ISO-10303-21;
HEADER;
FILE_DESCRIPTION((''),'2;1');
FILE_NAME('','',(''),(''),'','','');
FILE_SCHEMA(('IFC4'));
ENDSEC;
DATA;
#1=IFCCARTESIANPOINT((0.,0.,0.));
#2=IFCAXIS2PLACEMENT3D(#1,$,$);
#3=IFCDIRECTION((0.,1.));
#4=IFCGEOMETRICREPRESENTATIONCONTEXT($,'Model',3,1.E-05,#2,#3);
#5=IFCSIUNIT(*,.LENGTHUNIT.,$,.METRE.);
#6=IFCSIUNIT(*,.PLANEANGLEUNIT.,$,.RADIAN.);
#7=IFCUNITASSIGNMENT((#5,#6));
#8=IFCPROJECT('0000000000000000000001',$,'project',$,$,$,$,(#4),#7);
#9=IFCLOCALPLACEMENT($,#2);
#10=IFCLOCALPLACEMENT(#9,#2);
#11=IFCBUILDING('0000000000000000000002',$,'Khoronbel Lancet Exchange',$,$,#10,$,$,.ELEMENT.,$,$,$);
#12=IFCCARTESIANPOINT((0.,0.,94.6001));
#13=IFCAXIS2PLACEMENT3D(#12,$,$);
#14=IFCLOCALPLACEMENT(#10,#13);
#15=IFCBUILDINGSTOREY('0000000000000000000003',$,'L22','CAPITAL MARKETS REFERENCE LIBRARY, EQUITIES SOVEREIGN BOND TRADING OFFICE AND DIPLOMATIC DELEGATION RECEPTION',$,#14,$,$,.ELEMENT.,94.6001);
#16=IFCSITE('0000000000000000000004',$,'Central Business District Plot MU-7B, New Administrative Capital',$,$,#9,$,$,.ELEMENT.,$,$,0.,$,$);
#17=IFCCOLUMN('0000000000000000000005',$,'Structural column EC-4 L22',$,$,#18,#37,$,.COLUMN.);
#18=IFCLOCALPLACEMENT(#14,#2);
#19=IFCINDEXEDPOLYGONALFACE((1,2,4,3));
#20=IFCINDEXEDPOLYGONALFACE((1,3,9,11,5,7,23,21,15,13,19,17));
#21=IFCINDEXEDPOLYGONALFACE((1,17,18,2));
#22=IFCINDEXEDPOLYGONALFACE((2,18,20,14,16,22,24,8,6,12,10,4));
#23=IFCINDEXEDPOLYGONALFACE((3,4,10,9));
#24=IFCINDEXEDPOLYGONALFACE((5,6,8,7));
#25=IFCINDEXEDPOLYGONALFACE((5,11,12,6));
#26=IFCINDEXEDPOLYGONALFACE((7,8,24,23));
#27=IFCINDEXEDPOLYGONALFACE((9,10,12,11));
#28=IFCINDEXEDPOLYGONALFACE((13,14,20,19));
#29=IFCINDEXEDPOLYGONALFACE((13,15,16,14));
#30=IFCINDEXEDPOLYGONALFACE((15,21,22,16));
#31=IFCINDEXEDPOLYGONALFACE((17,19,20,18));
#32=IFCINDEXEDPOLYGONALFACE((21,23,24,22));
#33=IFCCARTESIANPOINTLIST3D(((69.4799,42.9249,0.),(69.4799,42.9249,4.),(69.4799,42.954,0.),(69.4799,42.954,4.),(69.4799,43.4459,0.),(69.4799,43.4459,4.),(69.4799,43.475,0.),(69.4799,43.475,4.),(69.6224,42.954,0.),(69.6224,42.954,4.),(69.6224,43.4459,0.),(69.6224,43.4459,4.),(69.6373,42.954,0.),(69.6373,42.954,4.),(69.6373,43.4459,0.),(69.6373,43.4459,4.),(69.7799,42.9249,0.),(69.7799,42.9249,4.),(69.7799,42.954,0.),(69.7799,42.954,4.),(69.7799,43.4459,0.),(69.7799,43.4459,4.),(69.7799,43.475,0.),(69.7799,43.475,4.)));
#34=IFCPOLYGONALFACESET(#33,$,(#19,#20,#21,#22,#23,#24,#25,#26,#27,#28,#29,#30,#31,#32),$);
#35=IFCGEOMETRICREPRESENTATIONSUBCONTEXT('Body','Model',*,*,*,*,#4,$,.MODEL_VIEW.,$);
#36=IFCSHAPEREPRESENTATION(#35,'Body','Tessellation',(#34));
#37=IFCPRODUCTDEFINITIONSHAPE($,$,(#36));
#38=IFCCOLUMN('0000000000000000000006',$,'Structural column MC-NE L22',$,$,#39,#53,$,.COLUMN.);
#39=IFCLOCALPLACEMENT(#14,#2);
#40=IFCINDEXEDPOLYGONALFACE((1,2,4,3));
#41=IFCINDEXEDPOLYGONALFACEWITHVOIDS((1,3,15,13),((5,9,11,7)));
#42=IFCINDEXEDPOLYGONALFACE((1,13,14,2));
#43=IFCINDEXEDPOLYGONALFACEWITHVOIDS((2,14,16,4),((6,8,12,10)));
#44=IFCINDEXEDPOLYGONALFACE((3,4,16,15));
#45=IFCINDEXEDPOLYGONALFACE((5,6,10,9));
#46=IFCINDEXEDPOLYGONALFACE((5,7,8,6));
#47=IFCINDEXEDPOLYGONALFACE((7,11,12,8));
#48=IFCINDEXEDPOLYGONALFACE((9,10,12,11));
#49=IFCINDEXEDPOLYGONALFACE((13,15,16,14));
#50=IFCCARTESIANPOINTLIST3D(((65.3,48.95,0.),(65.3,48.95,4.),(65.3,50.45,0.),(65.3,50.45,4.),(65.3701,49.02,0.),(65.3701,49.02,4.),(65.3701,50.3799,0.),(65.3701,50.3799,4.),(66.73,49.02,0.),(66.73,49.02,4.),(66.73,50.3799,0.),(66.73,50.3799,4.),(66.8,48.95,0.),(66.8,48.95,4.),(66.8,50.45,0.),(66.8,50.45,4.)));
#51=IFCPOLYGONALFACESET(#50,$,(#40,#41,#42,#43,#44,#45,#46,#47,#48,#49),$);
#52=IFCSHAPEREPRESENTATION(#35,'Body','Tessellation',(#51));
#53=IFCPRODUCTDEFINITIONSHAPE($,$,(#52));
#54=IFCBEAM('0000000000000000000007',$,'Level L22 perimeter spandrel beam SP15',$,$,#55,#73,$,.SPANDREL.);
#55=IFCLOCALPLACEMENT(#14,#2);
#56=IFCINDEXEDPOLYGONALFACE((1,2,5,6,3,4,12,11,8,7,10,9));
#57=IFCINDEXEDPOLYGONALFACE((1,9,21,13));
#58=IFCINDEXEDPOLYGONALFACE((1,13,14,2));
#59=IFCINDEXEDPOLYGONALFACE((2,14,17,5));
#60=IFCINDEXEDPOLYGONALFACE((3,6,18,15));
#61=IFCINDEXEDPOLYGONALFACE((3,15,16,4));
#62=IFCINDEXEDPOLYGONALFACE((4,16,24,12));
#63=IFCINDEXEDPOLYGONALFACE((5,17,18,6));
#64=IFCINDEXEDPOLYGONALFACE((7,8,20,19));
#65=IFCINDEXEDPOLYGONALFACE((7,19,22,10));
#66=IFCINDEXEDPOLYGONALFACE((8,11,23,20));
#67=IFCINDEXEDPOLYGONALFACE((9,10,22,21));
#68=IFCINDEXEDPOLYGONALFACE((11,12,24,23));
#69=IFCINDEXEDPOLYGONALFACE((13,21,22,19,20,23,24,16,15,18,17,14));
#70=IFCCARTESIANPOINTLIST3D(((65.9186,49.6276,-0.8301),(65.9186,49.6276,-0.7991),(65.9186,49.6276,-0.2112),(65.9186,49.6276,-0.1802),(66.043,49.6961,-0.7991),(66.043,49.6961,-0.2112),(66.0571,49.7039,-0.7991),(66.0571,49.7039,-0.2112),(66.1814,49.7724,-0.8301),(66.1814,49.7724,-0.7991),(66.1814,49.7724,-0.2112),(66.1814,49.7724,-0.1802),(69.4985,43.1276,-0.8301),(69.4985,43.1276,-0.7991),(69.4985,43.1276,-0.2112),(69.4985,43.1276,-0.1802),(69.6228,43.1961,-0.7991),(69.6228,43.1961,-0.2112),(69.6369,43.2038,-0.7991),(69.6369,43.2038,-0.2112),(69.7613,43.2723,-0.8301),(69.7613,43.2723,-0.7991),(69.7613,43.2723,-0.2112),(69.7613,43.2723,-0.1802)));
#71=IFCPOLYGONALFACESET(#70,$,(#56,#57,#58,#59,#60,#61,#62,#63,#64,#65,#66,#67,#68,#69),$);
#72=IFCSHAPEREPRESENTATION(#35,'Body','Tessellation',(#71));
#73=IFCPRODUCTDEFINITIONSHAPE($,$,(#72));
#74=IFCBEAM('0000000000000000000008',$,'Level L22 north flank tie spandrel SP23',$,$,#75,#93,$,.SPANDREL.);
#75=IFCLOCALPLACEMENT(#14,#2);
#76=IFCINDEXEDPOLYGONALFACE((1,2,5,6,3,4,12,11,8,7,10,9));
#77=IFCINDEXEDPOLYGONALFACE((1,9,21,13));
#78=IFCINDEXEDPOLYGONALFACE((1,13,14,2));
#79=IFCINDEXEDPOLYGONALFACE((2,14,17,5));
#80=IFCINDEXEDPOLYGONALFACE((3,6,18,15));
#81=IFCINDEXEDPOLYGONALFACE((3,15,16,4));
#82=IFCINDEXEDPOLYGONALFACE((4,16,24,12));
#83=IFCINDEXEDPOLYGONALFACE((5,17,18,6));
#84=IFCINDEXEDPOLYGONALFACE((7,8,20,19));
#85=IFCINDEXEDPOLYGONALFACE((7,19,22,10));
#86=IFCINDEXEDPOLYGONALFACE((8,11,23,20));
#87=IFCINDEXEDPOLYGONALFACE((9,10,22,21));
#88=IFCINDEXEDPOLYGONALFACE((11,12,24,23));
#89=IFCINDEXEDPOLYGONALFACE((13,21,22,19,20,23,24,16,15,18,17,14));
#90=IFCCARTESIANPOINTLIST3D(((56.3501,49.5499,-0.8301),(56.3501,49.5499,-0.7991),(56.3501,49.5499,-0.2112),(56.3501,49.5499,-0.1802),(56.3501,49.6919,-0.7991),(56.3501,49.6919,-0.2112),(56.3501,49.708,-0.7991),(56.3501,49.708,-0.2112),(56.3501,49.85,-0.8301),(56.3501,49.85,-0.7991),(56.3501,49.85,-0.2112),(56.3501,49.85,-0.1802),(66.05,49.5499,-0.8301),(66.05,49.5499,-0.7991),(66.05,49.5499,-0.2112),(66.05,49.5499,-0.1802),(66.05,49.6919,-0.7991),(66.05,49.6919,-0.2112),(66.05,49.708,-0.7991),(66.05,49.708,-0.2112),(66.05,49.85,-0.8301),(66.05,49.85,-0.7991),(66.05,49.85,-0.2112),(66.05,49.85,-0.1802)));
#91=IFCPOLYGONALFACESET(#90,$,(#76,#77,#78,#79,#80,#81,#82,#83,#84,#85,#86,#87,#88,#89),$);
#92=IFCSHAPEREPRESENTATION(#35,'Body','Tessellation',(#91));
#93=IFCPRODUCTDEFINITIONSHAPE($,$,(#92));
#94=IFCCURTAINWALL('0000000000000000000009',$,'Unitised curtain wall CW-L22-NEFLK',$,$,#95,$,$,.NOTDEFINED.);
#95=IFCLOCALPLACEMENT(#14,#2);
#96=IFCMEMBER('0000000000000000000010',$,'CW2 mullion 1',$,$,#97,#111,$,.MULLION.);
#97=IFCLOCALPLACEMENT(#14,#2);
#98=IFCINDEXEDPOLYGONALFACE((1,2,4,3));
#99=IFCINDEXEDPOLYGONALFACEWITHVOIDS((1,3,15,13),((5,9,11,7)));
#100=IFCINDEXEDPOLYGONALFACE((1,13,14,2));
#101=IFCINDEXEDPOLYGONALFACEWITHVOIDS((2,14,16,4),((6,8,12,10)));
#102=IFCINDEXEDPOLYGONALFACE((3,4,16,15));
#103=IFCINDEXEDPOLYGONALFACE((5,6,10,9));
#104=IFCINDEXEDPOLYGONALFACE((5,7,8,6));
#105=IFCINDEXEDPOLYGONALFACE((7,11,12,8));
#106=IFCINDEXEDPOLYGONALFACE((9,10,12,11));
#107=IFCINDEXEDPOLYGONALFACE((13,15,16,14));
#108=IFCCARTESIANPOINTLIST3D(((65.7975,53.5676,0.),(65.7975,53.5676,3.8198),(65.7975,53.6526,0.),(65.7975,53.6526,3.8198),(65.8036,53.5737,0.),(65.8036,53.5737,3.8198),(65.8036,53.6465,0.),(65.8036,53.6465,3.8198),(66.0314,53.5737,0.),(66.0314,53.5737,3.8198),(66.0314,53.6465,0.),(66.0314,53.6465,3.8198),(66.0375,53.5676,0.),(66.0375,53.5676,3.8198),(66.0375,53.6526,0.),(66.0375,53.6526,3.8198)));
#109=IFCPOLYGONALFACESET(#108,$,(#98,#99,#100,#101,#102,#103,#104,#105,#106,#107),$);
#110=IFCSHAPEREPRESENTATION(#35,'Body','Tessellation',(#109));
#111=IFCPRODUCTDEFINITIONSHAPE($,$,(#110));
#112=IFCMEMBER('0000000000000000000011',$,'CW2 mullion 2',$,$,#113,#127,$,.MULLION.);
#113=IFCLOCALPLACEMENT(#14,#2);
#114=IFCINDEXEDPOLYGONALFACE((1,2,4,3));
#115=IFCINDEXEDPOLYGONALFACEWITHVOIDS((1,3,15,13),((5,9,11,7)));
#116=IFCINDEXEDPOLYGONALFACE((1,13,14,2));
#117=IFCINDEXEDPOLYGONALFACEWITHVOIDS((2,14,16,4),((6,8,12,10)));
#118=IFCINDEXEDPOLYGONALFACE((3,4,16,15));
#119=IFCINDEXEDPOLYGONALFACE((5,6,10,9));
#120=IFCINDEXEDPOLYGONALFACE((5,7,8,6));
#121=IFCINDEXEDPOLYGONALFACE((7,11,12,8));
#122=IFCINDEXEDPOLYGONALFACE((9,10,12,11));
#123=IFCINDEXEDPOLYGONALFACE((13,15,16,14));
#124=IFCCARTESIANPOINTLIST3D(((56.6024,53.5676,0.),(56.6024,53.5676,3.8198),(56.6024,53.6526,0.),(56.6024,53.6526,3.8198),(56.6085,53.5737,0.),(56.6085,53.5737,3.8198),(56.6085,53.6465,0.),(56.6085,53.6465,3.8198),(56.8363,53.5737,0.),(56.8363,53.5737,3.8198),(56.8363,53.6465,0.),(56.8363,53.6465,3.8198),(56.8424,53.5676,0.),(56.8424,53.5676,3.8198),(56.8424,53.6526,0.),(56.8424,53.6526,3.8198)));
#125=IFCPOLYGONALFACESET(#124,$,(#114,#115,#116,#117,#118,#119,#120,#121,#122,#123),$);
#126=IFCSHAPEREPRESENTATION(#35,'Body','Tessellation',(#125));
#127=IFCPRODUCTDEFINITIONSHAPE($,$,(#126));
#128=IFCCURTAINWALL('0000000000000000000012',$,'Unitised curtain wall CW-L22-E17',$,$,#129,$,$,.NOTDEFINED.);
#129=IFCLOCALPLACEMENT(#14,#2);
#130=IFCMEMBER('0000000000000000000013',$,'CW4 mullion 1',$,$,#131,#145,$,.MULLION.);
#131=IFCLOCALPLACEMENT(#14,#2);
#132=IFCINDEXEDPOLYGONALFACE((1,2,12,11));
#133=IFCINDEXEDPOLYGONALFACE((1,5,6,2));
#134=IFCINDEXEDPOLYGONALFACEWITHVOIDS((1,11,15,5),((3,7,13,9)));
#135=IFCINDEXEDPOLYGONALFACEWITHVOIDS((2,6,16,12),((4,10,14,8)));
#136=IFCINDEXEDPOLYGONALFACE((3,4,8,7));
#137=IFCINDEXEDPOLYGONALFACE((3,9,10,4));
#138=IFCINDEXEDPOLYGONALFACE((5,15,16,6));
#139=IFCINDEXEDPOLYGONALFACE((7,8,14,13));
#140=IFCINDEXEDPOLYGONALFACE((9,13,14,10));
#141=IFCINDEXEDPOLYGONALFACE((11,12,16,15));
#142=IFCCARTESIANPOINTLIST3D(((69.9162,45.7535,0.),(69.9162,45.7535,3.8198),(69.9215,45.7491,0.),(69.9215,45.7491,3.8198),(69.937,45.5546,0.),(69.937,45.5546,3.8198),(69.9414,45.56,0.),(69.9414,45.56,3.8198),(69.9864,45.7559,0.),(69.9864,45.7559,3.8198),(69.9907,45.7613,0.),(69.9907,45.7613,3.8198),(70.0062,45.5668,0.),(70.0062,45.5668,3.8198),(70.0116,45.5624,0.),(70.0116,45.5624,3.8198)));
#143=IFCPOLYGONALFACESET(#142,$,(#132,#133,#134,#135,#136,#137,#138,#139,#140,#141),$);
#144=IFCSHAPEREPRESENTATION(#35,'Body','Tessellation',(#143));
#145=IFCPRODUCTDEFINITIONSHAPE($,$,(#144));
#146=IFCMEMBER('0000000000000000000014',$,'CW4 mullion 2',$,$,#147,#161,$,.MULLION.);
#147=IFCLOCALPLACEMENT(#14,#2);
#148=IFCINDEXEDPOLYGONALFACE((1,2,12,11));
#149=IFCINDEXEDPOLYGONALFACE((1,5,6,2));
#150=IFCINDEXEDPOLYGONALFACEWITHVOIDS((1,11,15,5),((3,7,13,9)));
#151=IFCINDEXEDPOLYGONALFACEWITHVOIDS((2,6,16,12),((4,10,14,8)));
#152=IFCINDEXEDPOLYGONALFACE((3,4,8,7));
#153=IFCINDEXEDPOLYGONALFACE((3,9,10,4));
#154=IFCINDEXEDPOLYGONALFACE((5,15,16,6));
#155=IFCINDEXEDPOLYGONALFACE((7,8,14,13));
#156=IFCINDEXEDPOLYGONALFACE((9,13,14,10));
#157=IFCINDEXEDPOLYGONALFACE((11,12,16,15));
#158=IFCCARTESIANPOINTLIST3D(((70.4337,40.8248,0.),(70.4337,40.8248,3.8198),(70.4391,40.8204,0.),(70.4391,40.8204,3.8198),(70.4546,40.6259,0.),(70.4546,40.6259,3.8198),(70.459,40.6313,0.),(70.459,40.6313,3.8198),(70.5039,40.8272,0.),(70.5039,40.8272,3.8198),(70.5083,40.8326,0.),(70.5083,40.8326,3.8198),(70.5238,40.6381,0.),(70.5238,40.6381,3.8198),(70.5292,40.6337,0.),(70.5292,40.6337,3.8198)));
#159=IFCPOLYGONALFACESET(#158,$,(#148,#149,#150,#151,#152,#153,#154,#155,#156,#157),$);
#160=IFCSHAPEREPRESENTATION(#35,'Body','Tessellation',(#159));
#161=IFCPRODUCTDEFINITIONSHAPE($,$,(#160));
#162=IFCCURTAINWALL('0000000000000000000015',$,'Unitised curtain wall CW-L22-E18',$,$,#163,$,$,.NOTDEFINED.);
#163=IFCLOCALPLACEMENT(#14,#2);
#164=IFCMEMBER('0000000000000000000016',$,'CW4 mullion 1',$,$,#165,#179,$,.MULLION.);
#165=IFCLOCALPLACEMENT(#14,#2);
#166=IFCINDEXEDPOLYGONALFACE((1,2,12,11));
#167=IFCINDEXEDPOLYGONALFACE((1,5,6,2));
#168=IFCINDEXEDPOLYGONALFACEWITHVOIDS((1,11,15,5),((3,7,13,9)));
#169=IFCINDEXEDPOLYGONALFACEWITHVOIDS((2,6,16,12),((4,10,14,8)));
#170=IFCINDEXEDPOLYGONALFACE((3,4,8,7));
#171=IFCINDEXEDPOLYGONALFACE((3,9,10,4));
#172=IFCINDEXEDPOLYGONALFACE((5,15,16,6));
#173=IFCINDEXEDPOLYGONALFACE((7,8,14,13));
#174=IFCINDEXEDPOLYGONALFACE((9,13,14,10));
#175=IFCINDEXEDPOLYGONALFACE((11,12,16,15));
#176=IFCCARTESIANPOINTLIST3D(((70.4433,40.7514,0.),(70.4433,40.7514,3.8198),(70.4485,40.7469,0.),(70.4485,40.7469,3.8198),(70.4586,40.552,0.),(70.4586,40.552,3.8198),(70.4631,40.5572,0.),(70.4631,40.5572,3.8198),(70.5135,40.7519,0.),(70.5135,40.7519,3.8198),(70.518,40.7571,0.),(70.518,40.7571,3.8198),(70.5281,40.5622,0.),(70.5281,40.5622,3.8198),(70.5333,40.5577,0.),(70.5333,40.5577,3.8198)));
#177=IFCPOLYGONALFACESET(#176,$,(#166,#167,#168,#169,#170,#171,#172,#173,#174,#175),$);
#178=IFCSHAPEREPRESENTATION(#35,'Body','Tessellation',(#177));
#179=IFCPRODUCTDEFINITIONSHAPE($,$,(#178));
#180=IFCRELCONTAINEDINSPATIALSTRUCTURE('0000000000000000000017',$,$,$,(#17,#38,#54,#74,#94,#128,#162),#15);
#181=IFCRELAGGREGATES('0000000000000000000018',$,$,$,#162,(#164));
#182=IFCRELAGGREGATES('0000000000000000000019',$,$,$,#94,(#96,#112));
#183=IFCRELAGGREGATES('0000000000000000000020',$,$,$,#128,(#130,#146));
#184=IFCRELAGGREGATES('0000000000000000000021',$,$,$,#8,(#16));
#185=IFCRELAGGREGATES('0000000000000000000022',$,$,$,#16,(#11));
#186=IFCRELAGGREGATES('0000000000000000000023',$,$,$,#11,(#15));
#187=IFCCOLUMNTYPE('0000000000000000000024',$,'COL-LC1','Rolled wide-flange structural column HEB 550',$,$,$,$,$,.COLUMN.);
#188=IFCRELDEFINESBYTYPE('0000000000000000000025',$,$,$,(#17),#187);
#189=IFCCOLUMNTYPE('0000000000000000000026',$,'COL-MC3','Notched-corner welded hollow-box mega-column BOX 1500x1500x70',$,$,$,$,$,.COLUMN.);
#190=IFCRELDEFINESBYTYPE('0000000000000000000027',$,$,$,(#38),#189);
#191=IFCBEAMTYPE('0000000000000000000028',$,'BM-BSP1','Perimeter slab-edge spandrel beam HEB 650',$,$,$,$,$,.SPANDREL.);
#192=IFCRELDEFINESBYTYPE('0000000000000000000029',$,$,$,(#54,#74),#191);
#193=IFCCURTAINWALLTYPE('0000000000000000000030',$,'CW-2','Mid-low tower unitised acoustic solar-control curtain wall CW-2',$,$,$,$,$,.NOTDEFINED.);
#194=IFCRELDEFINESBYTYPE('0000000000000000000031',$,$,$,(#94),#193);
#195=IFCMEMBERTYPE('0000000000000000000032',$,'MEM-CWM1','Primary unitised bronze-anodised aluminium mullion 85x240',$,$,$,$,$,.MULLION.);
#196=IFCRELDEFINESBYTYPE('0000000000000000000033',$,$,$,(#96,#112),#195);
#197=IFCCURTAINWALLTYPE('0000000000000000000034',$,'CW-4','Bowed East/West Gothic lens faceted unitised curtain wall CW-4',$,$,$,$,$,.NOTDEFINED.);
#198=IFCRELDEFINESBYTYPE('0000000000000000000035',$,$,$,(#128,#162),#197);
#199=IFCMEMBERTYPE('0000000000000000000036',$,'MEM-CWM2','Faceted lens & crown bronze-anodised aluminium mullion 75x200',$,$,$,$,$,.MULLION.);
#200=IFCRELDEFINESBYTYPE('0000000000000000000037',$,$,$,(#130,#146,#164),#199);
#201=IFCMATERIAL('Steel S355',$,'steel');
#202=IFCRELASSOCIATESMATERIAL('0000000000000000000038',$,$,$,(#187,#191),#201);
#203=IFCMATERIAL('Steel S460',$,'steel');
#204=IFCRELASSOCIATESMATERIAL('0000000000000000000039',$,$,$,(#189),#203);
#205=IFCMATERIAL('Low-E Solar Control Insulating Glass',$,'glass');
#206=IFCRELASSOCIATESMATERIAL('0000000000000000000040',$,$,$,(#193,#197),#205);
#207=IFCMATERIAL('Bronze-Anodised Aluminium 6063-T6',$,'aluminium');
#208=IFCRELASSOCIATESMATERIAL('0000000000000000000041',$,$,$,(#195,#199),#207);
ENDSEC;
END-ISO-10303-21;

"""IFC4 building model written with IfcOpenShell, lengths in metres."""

from ifc_helpers import new_model, si_unit, direction, frame, origin, origin_2d, place, context, subcontext, project, spatial, hollow_rectangle, i_section, extrude, material, material_profile, profile_set, type_object, element, aggregate, save


model = new_model("IFC4")

# Units and contexts
model_context = context("Model", 3, precision=1e-05, world=origin(), true_north=direction((0.0, 1.0)))
body_context = subcontext(model_context, "Body", "Model", "MODEL_VIEW")
ifc_project = project(units=[si_unit("LENGTHUNIT", "METRE"), si_unit("PLANEANGLEUNIT", "RADIAN")], contexts=[model_context])

# Site, building, storey
site_placement = place(None, origin())
site = spatial("IfcSite", under=ifc_project, at=site_placement, Name="Central Business District Plot MU-7B, New Administrative Capital", CompositionType="ELEMENT", RefElevation=0.0)
building_placement = place(site_placement, origin())
building = spatial("IfcBuilding", under=site, at=building_placement, Name="Khoronbel Lancet Exchange", CompositionType="ELEMENT")
storey_placement = place(building_placement, frame((0.0, 0.0, 94.6001)))
storey = spatial("IfcBuildingStorey", under=building, at=storey_placement, Name="L22", Description="CAPITAL MARKETS REFERENCE LIBRARY, EQUITIES SOVEREIGN BOND TRADING OFFICE AND DIPLOMATIC DELEGATION RECEPTION", CompositionType="ELEMENT", Elevation=94.6001)

# Columns
ifc_material_1 = material(Name="Steel S355", Category="steel")
ifc_material_profile_1 = material_profile(ifc_material_1, i_section(OverallWidth=0.3, OverallDepth=0.55, WebThickness=0.0149, FlangeThickness=0.0291, at=origin_2d()), Name="HEB 550")
ifc_profile_set_1 = profile_set([ifc_material_profile_1], Name="Steel S355")
column_type_1 = type_object("IfcColumnType", Name="COL-LC1", Description="Rolled wide-flange structural column HEB 550", PredefinedType="COLUMN", material=ifc_profile_set_1)
column_1_placement = place(storey_placement, frame((69.6299, 43.2, 0.0), z_axis=(0.0, 0.0, 1.0), x_axis=(1.0, 0.0, 0.0)))
element("IfcColumn", 1, at=column_1_placement, inside=storey, type_object=column_type_1, Name="Structural column EC-4 L22", PredefinedType="COLUMN", context=body_context, shape_type="SweptSolid", body=[
    extrude(i_section(OverallWidth=0.3, OverallDepth=0.55, WebThickness=0.0149, FlangeThickness=0.0291, at=origin_2d()), origin(), (0.0, 0.0, 1.0), 4.0),
])
ifc_material_2 = material(Name="Steel S460", Category="steel")
ifc_material_profile_2 = material_profile(ifc_material_2, hollow_rectangle(XDim=1.5, YDim=1.5, WallThickness=0.0701, at=origin_2d()), Name="BOX 1500x1500x70")
ifc_profile_set_2 = profile_set([ifc_material_profile_2], Name="Steel S460")
column_type_2 = type_object("IfcColumnType", Name="COL-MC3", Description="Notched-corner welded hollow-box mega-column BOX 1500x1500x70", PredefinedType="COLUMN", material=ifc_profile_set_2)
column_2_placement = place(storey_placement, frame((66.05, 49.7, 0.0), z_axis=(0.0, 0.0, 1.0), x_axis=(1.0, 0.0, 0.0)))
element("IfcColumn", 2, at=column_2_placement, inside=storey, type_object=column_type_2, Name="Structural column MC-NE L22", PredefinedType="COLUMN", context=body_context, shape_type="SweptSolid", body=[
    extrude(hollow_rectangle(XDim=1.5, YDim=1.5, WallThickness=0.0701, at=origin_2d()), origin(), (0.0, 0.0, 1.0), 4.0),
])

# Beams
ifc_material_profile_3 = material_profile(ifc_material_1, i_section(OverallWidth=0.3, OverallDepth=0.6499, WebThickness=0.0161, FlangeThickness=0.031, at=origin_2d()), Name="HEB 650")
ifc_profile_set_3 = profile_set([ifc_material_profile_3], Name="Steel S355")
beam_type = type_object("IfcBeamType", Name="BM-BSP1", Description="Perimeter slab-edge spandrel beam HEB 650", PredefinedType="SPANDREL", material=ifc_profile_set_3)
beam_1_placement = place(storey_placement, frame((69.6299, 43.2, -0.5051), z_axis=(-0.482419, 0.875941, 0.0), x_axis=(-0.875941, -0.482419, 0.0)))
element("IfcBeam", 3, at=beam_1_placement, inside=storey, type_object=beam_type, Name="Level L22 perimeter spandrel beam SP15", PredefinedType="SPANDREL", context=body_context, shape_type="SweptSolid", body=[
    extrude(i_section(OverallWidth=0.3, OverallDepth=0.6499, WebThickness=0.0161, FlangeThickness=0.031, at=origin_2d()), origin(), (0.0, 0.0, 1.0), 7.4207),
])
beam_2_placement = place(storey_placement, frame((66.05, 49.7, -0.5051), z_axis=(-1.0, 0.0, 0.0), x_axis=(0.0, -1.0, 0.0)))
element("IfcBeam", 4, at=beam_2_placement, inside=storey, type_object=beam_type, Name="Level L22 north flank tie spandrel SP23", PredefinedType="SPANDREL", context=body_context, shape_type="SweptSolid", body=[
    extrude(i_section(OverallWidth=0.3, OverallDepth=0.6499, WebThickness=0.0161, FlangeThickness=0.031, at=origin_2d()), origin(), (0.0, 0.0, 1.0), 9.7),
])

# Curtain walls, members
ifc_material_3 = material(Name="Low-E Solar Control Insulating Glass", Category="glass")
curtain_wall_type_1 = type_object("IfcCurtainWallType", Name="CW-2", Description="Mid-low tower unitised acoustic solar-control curtain wall CW-2", PredefinedType="NOTDEFINED", material=ifc_material_3)
curtain_wall_1_placement = place(storey_placement, origin())
curtain_wall_1 = element("IfcCurtainWall", 5, at=curtain_wall_1_placement, inside=storey, type_object=curtain_wall_type_1, Name="Unitised curtain wall CW-L22-NEFLK", PredefinedType="NOTDEFINED")
ifc_material_4 = material(Name="Bronze-Anodised Aluminium 6063-T6", Category="aluminium")
ifc_material_profile_4 = material_profile(ifc_material_4, hollow_rectangle(XDim=0.085, YDim=0.24, WallThickness=0.0061, at=origin_2d()), Name="ALU MULLION 85x240")
ifc_profile_set_4 = profile_set([ifc_material_profile_4], Name="Bronze-Anodised Aluminium 6063-T6")
member_type_1 = type_object("IfcMemberType", Name="MEM-CWM1", Description="Primary unitised bronze-anodised aluminium mullion 85x240", PredefinedType="MULLION", material=ifc_profile_set_4)
member_1_placement = place(storey_placement, frame((65.9175, 53.6101, 0.0), z_axis=(0.0, 0.0, 1.0), x_axis=(0.0, -1.0, 0.0)))
member_1 = element("IfcMember", 6, at=member_1_placement, type_object=member_type_1, Name="CW2 mullion 1", PredefinedType="MULLION", context=body_context, shape_type="SweptSolid", body=[
    extrude(hollow_rectangle(XDim=0.085, YDim=0.24, WallThickness=0.0061, at=origin_2d()), origin(), (0.0, 0.0, 1.0), 3.8198),
])
member_2_placement = place(storey_placement, frame((56.7224, 53.6101, 0.0), z_axis=(0.0, 0.0, 1.0), x_axis=(0.0, -1.0, 0.0)))
member_2 = element("IfcMember", 7, at=member_2_placement, type_object=member_type_1, Name="CW2 mullion 2", PredefinedType="MULLION", context=body_context, shape_type="SweptSolid", body=[
    extrude(hollow_rectangle(XDim=0.085, YDim=0.24, WallThickness=0.0061, at=origin_2d()), origin(), (0.0, 0.0, 1.0), 3.8198),
])
curtain_wall_type_2 = type_object("IfcCurtainWallType", Name="CW-4", Description="Bowed East/West Gothic lens faceted unitised curtain wall CW-4", PredefinedType="NOTDEFINED", material=ifc_material_3)
curtain_wall_2_placement = place(storey_placement, origin())
curtain_wall_2 = element("IfcCurtainWall", 8, at=curtain_wall_2_placement, inside=storey, type_object=curtain_wall_type_2, Name="Unitised curtain wall CW-L22-E17", PredefinedType="NOTDEFINED")
ifc_material_profile_5 = material_profile(ifc_material_4, hollow_rectangle(XDim=0.075, YDim=0.2, WallThickness=0.0049, at=origin_2d()), Name="ALU MULLION 75x200")
ifc_profile_set_5 = profile_set([ifc_material_profile_5], Name="Bronze-Anodised Aluminium 6063-T6")
member_type_2 = type_object("IfcMemberType", Name="MEM-CWM2", Description="Faceted lens & crown bronze-anodised aluminium mullion 75x200", PredefinedType="MULLION", material=ifc_profile_set_5)
member_3_placement = place(storey_placement, frame((69.9639, 45.658, 0.0), z_axis=(0.0, 0.0, 1.0), x_axis=(0.994532, 0.104434, 0.0)))
member_3 = element("IfcMember", 9, at=member_3_placement, type_object=member_type_2, Name="CW4 mullion 1", PredefinedType="MULLION", context=body_context, shape_type="SweptSolid", body=[
    extrude(hollow_rectangle(XDim=0.075, YDim=0.2, WallThickness=0.0049, at=origin_2d()), origin(), (0.0, 0.0, 1.0), 3.8198),
])
member_4_placement = place(storey_placement, frame((70.4814, 40.7292, 0.0), z_axis=(0.0, 0.0, 1.0), x_axis=(0.994532, 0.104434, 0.0)))
member_4 = element("IfcMember", 10, at=member_4_placement, type_object=member_type_2, Name="CW4 mullion 2", PredefinedType="MULLION", context=body_context, shape_type="SweptSolid", body=[
    extrude(hollow_rectangle(XDim=0.075, YDim=0.2, WallThickness=0.0049, at=origin_2d()), origin(), (0.0, 0.0, 1.0), 3.8198),
])

# Curtain wall, member
curtain_wall_3_placement = place(storey_placement, origin())
curtain_wall_3 = element("IfcCurtainWall", 11, at=curtain_wall_3_placement, inside=storey, type_object=curtain_wall_type_2, Name="Unitised curtain wall CW-L22-E18", PredefinedType="NOTDEFINED")
member_5_placement = place(storey_placement, frame((70.4883, 40.6545, 0.0), z_axis=(0.0, 0.0, 1.0), x_axis=(0.99706, 0.076626, 0.0)))
member_5 = element("IfcMember", 12, at=member_5_placement, type_object=member_type_2, Name="CW4 mullion 1", PredefinedType="MULLION", context=body_context, shape_type="SweptSolid", body=[
    extrude(hollow_rectangle(XDim=0.075, YDim=0.2, WallThickness=0.0049, at=origin_2d()), origin(), (0.0, 0.0, 1.0), 3.8198),
])

aggregate(curtain_wall_3, [member_5])
aggregate(curtain_wall_1, [member_1, member_2])
aggregate(curtain_wall_2, [member_3, member_4])

save(model, "model.ifc")
